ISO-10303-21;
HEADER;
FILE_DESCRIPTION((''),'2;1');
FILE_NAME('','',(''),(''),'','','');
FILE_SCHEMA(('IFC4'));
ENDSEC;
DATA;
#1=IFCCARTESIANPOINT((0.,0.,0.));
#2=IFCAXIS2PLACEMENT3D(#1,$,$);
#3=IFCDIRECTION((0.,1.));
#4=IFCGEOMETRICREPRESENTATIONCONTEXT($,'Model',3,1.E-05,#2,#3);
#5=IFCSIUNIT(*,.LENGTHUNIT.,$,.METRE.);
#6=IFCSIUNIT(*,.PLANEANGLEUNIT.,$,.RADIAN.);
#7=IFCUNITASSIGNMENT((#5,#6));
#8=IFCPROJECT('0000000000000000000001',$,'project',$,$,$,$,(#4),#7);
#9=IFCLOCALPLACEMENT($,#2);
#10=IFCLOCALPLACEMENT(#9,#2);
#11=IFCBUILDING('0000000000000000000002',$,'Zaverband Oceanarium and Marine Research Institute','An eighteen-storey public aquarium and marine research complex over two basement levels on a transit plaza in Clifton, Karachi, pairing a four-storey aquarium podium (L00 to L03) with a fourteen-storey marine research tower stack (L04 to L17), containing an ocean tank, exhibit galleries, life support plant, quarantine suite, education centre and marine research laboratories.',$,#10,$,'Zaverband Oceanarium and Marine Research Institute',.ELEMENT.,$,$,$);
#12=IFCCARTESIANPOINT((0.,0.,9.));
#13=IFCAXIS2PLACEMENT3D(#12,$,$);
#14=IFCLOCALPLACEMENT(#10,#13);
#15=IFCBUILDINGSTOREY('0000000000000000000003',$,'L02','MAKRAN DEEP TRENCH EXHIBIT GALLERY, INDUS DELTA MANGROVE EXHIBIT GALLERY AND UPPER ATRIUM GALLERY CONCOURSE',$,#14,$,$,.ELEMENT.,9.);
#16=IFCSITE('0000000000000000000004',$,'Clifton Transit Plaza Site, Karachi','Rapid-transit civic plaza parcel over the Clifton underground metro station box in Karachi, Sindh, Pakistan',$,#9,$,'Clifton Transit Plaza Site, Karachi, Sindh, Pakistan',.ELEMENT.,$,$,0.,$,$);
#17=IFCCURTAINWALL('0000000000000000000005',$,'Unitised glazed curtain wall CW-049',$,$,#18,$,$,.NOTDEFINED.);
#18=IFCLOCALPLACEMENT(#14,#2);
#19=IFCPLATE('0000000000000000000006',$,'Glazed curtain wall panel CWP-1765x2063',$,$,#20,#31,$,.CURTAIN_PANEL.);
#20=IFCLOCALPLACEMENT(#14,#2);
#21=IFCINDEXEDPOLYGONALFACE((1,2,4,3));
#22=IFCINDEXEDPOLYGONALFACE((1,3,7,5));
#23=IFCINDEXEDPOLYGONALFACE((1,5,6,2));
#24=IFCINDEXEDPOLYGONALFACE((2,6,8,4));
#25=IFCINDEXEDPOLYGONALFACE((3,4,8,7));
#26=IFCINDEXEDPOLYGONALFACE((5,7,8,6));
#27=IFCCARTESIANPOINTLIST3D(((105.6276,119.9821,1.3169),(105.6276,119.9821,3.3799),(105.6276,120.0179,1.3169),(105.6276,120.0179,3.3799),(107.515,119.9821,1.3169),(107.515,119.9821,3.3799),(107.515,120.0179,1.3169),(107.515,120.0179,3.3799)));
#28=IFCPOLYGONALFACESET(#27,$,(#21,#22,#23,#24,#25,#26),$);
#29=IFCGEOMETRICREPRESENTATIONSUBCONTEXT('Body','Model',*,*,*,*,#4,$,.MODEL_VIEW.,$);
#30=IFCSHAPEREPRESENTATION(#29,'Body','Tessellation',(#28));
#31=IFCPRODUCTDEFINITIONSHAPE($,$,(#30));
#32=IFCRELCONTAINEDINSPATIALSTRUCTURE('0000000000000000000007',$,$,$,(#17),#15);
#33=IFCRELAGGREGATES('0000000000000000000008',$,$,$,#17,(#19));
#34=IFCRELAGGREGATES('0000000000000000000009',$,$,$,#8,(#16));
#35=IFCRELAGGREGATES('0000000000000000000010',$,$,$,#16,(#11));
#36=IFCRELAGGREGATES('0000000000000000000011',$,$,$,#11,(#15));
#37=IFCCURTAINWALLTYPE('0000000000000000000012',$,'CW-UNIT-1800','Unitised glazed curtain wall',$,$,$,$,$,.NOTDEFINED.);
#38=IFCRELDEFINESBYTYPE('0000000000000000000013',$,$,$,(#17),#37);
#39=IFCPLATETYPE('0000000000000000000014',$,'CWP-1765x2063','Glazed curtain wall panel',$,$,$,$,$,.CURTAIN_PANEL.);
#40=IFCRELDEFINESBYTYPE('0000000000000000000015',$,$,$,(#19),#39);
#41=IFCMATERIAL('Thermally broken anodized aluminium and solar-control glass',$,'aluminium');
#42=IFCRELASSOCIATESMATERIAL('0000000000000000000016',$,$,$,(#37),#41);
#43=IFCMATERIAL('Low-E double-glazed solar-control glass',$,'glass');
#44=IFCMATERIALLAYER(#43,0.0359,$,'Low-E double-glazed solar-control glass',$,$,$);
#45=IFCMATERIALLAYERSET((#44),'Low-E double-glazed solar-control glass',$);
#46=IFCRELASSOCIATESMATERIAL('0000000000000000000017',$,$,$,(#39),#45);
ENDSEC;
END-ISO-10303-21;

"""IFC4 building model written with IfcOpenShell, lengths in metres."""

from ifc_helpers import new_model, si_unit, direction, frame, frame_2d, origin, place, context, subcontext, project, spatial, rectangle, extrude, material, layer, layer_set, type_object, element, aggregate, save


model = new_model("IFC4")

# Units and contexts
model_context = context("Model", 3, precision=1e-05, world=origin(), true_north=direction((0.0, 1.0)))
body_context = subcontext(model_context, "Body", "Model", "MODEL_VIEW")
ifc_project = project(units=[si_unit("LENGTHUNIT", "METRE"), si_unit("PLANEANGLEUNIT", "RADIAN")], contexts=[model_context])

# Site, building, storey
site_placement = place(None, origin())
site = spatial("IfcSite", under=ifc_project, at=site_placement, Name="Clifton Transit Plaza Site, Karachi", Description="Rapid-transit civic plaza parcel over the Clifton underground metro station box in Karachi, Sindh, Pakistan", LongName="Clifton Transit Plaza Site, Karachi, Sindh, Pakistan", CompositionType="ELEMENT", RefElevation=0.0)
building_placement = place(site_placement, origin())
building = spatial("IfcBuilding", under=site, at=building_placement, Name="Zaverband Oceanarium and Marine Research Institute", Description="An eighteen-storey public aquarium and marine research complex over two basement levels on a transit plaza in Clifton, Karachi, pairing a four-storey aquarium podium (L00 to L03) with a fourteen-storey marine research tower stack (L04 to L17), containing an ocean tank, exhibit galleries, life support plant, quarantine suite, education centre and marine research laboratories.", LongName="Zaverband Oceanarium and Marine Research Institute", CompositionType="ELEMENT")
storey_placement = place(building_placement, frame((0.0, 0.0, 9.0)))
storey = spatial("IfcBuildingStorey", under=building, at=storey_placement, Name="L02", Description="MAKRAN DEEP TRENCH EXHIBIT GALLERY, INDUS DELTA MANGROVE EXHIBIT GALLERY AND UPPER ATRIUM GALLERY CONCOURSE", CompositionType="ELEMENT", Elevation=9.0)

# Curtain wall
ifc_material_1 = material(Name="Thermally broken anodized aluminium and solar-control glass", Category="aluminium")
curtain_wall_type = type_object("IfcCurtainWallType", Name="CW-UNIT-1800", Description="Unitised glazed curtain wall", PredefinedType="NOTDEFINED", material=ifc_material_1)
curtain_wall_1_placement = place(storey_placement, origin())
curtain_wall_1 = element("IfcCurtainWall", 1, at=curtain_wall_1_placement, inside=storey, type_object=curtain_wall_type, Name="Unitised glazed curtain wall CW-049", PredefinedType="NOTDEFINED")

# Plate
ifc_material_2 = material(Name="Low-E double-glazed solar-control glass", Category="glass")
ifc_layer_1 = layer(ifc_material_2, 0.0359, Name="Low-E double-glazed solar-control glass")
ifc_layer_set_1 = layer_set([ifc_layer_1], Name="Low-E double-glazed solar-control glass")
plate_type_1 = type_object("IfcPlateType", Name="CWP-1765x2063", Description="Glazed curtain wall panel", PredefinedType="CURTAIN_PANEL", material=ifc_layer_set_1)
plate_1_placement = place(storey_placement, frame((105.6274, 120.0, 1.3169), z_axis=(0.0, 0.0, 1.0), x_axis=(1.0, 0.0, 0.0)))
plate_1 = element("IfcPlate", 2, at=plate_1_placement, type_object=plate_type_1, Name="Glazed curtain wall panel CWP-1765x2063", PredefinedType="CURTAIN_PANEL", context=body_context, shape_type="SweptSolid", body=[
    extrude(rectangle(XDim=1.8875, YDim=0.0359, at=frame_2d((0.9438, 0.0))), origin(), (0.0, 0.0, 1.0), 2.063),
])
aggregate(curtain_wall_1, [plate_1])

save(model, "model.ifc")
